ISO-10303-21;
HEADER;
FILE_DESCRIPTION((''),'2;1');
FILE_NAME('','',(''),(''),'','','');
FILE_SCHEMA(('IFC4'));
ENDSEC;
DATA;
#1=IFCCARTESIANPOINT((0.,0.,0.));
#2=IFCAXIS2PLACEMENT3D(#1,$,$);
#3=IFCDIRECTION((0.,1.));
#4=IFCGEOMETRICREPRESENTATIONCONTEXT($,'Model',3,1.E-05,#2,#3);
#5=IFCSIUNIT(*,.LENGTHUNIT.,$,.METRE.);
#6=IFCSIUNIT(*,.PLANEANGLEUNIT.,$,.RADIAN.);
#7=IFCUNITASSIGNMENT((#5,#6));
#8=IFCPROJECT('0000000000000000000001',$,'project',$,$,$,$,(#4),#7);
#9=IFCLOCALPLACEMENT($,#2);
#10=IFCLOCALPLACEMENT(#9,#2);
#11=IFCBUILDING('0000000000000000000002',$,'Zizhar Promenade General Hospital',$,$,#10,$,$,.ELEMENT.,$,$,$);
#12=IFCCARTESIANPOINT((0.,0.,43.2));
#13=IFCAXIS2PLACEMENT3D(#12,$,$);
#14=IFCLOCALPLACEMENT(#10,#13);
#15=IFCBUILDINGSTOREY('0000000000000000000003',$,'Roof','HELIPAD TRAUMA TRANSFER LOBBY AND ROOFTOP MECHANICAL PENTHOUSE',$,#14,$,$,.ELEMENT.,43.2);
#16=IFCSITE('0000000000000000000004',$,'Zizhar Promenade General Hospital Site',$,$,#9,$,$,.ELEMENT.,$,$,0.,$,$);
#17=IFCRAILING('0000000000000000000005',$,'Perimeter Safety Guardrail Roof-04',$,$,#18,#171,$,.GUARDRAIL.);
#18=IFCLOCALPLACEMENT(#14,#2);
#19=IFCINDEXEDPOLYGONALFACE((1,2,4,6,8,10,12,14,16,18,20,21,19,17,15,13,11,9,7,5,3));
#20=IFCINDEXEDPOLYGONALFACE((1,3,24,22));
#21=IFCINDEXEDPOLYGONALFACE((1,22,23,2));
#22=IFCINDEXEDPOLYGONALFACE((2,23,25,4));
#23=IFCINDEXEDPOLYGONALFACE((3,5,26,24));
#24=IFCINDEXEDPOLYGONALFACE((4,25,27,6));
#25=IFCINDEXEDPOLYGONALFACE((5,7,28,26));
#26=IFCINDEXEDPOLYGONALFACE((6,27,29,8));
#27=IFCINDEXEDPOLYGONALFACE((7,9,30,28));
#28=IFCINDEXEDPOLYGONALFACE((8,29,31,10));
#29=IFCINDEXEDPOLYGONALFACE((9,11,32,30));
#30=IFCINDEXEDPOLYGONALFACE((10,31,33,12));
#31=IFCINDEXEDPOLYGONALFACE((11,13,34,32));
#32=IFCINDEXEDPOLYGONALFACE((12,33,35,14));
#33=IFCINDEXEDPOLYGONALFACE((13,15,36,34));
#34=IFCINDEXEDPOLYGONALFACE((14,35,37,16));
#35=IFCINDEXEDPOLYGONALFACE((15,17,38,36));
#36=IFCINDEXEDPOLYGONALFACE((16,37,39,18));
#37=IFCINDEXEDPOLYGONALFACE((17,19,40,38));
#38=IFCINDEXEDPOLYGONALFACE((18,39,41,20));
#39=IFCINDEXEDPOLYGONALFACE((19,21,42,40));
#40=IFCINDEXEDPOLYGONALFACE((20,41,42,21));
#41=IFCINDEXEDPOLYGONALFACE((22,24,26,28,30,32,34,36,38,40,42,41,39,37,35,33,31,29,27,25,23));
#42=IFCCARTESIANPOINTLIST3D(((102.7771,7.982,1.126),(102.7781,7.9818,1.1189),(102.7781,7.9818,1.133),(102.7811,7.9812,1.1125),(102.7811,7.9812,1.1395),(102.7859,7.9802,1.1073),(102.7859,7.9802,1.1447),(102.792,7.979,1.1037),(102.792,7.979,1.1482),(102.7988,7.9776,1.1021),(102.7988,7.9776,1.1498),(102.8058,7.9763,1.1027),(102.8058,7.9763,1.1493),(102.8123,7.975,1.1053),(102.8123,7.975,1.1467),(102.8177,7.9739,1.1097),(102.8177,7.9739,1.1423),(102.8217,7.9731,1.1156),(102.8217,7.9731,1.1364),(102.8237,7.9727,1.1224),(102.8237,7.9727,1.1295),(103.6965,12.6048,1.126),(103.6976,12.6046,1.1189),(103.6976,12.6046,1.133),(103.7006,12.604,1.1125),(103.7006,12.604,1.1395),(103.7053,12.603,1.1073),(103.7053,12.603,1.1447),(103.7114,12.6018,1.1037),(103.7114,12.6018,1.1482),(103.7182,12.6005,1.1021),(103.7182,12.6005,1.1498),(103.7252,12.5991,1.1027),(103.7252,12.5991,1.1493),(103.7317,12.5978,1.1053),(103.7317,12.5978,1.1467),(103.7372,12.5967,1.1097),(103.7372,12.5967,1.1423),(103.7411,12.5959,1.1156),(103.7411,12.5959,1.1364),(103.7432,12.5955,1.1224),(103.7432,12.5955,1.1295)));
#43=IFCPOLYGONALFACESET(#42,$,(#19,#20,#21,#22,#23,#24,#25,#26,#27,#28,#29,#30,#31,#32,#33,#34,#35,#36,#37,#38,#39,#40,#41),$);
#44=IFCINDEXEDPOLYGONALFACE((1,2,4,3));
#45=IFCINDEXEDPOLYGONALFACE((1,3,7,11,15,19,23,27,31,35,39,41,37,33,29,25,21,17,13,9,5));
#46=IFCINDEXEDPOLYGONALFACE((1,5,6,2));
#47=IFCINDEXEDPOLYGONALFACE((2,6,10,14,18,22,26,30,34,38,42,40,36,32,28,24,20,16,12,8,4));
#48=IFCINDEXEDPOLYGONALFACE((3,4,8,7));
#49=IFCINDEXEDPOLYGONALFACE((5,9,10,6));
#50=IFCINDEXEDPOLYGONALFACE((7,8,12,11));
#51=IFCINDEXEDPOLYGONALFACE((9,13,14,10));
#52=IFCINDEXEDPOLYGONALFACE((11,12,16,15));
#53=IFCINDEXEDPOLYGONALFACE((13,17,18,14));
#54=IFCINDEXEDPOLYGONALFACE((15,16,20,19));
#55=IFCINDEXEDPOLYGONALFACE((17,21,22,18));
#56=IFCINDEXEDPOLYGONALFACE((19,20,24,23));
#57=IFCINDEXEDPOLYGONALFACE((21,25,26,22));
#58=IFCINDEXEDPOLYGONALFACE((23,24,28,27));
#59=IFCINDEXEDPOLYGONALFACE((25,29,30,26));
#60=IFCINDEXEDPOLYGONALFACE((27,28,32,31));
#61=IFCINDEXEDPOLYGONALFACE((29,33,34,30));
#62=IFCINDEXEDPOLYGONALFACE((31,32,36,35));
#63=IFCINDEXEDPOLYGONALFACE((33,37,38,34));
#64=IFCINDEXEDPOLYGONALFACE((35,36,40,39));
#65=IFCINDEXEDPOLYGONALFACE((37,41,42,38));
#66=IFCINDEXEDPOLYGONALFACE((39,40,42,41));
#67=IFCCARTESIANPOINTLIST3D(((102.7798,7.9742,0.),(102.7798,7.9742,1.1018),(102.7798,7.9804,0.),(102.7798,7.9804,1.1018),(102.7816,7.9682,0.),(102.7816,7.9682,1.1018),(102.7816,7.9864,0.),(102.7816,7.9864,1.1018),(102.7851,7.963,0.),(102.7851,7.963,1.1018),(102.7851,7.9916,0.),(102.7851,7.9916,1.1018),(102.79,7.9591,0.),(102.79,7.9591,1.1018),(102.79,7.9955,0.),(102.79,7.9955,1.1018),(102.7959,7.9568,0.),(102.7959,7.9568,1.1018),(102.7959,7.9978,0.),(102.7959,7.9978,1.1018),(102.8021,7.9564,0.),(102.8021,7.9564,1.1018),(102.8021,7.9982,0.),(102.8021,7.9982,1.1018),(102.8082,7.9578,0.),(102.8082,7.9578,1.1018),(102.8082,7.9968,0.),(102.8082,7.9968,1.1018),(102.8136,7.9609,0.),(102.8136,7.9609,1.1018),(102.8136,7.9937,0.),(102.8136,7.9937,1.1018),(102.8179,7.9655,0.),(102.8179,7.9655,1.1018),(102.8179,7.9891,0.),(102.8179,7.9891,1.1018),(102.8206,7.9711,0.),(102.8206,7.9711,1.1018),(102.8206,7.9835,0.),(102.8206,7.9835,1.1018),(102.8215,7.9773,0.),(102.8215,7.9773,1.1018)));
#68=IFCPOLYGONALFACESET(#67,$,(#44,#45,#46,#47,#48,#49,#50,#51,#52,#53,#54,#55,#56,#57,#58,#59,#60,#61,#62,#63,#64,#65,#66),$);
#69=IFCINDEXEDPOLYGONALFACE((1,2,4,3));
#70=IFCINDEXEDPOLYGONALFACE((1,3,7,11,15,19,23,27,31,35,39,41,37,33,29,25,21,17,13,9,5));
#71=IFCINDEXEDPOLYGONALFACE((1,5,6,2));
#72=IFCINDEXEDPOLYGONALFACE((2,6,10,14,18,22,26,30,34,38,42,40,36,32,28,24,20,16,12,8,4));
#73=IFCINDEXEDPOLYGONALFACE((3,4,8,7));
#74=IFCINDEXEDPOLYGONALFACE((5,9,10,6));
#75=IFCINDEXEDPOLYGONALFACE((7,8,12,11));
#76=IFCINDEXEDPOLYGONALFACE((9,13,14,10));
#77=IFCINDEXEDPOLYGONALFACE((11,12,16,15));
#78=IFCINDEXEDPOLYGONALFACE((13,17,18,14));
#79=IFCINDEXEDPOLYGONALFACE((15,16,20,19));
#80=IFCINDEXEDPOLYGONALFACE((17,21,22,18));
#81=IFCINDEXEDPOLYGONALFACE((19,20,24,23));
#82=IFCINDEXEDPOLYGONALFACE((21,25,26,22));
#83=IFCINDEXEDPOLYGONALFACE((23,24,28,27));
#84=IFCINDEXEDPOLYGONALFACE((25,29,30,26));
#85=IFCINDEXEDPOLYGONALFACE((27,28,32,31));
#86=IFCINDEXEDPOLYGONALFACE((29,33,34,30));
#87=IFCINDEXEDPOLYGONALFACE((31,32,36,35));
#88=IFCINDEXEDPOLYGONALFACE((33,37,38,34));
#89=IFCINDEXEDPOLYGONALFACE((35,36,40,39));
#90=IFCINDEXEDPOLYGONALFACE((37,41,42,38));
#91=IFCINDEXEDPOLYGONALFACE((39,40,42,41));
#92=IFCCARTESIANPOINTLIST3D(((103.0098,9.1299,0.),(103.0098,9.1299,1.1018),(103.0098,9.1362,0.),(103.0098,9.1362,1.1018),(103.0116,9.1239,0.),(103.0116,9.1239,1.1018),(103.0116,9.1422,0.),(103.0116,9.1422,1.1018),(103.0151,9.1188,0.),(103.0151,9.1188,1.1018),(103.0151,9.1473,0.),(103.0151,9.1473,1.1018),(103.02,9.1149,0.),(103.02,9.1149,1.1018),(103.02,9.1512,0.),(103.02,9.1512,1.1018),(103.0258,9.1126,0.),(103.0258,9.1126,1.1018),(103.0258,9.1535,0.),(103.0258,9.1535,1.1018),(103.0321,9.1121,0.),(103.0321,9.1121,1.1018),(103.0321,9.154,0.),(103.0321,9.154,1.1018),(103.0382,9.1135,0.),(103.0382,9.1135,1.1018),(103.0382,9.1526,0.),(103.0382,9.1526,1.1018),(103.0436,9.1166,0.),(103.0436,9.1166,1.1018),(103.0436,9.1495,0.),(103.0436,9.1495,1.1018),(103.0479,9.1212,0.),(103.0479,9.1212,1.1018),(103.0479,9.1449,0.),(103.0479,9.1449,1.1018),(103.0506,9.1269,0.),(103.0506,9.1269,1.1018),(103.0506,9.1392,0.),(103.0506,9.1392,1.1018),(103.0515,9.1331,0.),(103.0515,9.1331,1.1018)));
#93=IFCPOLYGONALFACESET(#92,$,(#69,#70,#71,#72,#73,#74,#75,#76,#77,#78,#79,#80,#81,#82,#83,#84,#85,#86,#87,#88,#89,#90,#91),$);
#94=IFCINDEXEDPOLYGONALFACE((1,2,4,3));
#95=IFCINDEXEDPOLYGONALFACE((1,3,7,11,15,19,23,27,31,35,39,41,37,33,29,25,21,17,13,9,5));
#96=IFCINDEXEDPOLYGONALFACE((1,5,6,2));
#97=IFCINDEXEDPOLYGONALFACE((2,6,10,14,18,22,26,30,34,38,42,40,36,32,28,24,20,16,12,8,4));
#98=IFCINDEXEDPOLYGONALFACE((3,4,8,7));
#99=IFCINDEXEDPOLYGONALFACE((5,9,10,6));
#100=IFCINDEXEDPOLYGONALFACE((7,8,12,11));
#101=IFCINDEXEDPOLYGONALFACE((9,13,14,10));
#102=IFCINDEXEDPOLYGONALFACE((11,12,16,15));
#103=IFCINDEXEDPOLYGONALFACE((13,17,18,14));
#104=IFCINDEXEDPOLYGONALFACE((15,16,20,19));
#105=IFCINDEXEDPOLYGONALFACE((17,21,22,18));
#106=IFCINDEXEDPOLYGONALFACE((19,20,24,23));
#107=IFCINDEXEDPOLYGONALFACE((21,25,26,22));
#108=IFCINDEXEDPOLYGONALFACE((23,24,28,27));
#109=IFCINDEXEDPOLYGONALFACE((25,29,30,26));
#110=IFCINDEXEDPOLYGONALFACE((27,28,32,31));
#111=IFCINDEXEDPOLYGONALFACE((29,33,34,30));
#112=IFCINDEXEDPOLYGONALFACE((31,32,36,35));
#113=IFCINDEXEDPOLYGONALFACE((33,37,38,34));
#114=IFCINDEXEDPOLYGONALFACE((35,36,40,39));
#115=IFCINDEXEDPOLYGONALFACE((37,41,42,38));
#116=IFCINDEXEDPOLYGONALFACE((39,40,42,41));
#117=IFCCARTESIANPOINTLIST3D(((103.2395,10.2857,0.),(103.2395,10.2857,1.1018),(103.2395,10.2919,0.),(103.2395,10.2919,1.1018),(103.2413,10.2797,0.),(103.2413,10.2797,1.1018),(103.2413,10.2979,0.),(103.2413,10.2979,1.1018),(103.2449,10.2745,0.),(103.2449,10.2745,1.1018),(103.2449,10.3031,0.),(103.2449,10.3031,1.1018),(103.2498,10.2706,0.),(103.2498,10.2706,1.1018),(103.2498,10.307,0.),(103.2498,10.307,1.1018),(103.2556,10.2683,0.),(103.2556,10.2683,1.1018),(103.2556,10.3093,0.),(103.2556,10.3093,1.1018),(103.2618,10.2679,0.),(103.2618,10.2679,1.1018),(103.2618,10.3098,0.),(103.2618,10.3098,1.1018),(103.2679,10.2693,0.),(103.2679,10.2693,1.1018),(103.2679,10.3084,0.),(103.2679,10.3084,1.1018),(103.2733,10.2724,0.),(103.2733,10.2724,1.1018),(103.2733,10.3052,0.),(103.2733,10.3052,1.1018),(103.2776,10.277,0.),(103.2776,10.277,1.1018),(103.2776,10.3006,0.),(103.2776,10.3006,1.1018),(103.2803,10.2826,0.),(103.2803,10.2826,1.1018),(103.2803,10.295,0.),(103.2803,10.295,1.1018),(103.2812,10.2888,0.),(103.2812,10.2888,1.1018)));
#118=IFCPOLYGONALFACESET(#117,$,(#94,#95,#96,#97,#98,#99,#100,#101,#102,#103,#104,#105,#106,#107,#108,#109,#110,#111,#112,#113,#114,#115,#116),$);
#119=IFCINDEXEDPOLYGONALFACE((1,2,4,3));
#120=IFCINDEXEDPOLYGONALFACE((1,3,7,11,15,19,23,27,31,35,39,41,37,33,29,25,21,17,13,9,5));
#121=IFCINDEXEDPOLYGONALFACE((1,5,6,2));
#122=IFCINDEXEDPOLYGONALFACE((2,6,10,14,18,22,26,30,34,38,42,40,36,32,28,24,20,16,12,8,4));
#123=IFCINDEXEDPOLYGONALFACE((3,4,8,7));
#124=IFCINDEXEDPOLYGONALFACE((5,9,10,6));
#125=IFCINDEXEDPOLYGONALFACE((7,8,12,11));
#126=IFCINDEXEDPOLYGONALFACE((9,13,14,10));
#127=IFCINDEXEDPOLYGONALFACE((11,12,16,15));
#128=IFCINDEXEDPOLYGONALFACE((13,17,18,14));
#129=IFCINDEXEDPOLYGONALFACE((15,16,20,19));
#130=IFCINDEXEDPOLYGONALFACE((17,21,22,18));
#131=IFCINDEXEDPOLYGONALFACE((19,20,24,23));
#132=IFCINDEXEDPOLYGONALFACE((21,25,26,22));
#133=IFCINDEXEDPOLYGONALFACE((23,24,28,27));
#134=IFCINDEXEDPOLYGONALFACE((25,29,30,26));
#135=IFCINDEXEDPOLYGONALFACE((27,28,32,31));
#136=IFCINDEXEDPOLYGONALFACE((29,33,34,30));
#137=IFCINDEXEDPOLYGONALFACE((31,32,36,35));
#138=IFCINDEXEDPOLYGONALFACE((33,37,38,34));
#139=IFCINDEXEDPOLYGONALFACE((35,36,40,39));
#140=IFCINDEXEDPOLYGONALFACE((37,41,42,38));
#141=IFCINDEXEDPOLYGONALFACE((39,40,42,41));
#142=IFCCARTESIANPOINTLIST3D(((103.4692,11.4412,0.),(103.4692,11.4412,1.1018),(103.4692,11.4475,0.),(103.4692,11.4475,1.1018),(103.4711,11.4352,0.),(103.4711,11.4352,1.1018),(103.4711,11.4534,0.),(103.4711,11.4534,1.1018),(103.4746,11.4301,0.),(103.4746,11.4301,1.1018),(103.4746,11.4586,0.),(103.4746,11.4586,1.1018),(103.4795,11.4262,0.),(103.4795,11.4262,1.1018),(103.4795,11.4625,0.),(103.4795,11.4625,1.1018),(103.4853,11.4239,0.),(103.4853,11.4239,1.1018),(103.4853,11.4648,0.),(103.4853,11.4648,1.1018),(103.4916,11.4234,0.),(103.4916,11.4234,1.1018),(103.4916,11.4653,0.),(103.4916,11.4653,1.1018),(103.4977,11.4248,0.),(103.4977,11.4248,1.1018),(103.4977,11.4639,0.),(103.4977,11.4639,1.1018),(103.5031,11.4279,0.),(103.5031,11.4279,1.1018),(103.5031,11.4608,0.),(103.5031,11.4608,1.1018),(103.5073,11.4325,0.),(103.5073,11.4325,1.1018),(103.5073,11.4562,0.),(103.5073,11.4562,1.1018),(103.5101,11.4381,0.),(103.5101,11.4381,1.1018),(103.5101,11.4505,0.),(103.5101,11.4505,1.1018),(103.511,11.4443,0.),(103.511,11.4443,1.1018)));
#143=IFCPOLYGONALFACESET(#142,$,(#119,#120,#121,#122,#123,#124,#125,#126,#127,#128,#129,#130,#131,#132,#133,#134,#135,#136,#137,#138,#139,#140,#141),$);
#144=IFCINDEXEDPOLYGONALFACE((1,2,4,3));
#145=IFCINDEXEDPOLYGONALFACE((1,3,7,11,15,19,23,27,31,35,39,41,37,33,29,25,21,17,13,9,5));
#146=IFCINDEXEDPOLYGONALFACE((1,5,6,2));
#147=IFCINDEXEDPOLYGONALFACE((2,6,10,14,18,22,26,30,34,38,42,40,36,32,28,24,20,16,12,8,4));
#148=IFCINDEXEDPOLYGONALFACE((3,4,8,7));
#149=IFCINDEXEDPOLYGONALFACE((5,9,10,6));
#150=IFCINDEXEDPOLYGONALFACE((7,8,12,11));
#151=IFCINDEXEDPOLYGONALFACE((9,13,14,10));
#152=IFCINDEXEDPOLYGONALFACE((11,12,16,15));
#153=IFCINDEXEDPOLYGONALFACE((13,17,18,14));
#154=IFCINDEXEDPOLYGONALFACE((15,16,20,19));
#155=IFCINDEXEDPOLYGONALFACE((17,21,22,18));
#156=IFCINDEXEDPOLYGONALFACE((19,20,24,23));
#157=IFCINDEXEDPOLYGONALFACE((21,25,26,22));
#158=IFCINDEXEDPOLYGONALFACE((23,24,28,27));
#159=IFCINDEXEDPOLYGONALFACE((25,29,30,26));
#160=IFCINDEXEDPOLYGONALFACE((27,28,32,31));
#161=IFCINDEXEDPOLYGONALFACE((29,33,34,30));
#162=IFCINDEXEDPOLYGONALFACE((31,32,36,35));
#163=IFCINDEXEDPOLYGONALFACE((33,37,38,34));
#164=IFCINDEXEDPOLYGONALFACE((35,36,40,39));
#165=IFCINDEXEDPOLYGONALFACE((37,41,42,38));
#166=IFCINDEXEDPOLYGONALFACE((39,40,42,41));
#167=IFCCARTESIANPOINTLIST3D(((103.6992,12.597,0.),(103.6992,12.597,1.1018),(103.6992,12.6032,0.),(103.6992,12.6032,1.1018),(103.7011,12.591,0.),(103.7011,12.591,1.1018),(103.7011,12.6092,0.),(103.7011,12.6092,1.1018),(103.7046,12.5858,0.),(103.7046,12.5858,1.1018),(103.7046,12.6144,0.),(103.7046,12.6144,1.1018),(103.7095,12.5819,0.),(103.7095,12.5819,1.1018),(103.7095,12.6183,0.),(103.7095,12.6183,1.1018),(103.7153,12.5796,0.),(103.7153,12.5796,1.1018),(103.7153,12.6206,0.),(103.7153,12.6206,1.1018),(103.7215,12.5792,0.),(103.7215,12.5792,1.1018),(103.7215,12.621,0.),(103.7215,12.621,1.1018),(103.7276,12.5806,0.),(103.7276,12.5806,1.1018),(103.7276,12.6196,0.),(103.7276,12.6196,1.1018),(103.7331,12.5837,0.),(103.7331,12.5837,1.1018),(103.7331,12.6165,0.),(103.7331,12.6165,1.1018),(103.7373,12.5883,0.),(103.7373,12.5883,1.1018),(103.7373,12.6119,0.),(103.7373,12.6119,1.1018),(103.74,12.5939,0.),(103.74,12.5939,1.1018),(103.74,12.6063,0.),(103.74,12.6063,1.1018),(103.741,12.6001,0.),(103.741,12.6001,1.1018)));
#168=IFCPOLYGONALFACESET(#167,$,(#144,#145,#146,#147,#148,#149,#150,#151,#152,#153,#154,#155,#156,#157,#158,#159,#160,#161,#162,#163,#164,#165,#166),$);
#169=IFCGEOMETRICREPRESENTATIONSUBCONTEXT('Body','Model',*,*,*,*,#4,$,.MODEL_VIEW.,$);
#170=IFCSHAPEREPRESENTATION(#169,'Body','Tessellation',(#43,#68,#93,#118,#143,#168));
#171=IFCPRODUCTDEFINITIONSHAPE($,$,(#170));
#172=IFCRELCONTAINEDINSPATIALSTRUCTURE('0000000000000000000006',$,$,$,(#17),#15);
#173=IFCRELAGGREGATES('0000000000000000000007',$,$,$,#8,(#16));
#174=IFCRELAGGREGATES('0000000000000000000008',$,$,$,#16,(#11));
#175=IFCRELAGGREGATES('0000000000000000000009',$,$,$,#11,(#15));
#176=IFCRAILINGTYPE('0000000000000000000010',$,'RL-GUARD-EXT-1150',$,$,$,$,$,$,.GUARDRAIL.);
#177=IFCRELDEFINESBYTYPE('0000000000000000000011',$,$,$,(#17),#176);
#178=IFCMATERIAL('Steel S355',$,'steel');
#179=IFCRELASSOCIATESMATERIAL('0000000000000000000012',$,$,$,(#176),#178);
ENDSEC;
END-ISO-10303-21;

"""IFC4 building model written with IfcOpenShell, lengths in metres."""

from ifc_helpers import new_model, si_unit, direction, frame, origin, origin_2d, place, context, subcontext, project, spatial, hollow_rectangle, circle, extrude, material, material_profile, profile_set, type_object, element, save


model = new_model("IFC4")

# Units and contexts
model_context = context("Model", 3, precision=1e-05, world=origin(), true_north=direction((0.0, 1.0)))
body_context = subcontext(model_context, "Body", "Model", "MODEL_VIEW")
ifc_project = project(units=[si_unit("LENGTHUNIT", "METRE"), si_unit("PLANEANGLEUNIT", "RADIAN")], contexts=[model_context])

# Site, building, storey
site_placement = place(None, origin())
site = spatial("IfcSite", under=ifc_project, at=site_placement, Name="Zizhar Promenade General Hospital Site", CompositionType="ELEMENT", RefElevation=0.0)
building_placement = place(site_placement, origin())
building = spatial("IfcBuilding", under=site, at=building_placement, Name="Zizhar Promenade General Hospital", CompositionType="ELEMENT")
storey_placement = place(building_placement, frame((0.0, 0.0, 43.2)))
storey = spatial("IfcBuildingStorey", under=building, at=storey_placement, Name="Roof", Description="HELIPAD TRAUMA TRANSFER LOBBY AND ROOFTOP MECHANICAL PENTHOUSE", CompositionType="ELEMENT", Elevation=43.2)

# Railing
ifc_material_1 = material(Name="Steel S355", Category="steel")
ifc_material_profile_1 = material_profile(ifc_material_1, hollow_rectangle(XDim=0.0601, YDim=0.1201, WallThickness=0.0039, at=origin_2d()))
ifc_profile_set_1 = profile_set([ifc_material_profile_1], Name="Steel S355")
railing_type_1 = type_object("IfcRailingType", Name="RL-GUARD-EXT-1150", PredefinedType="GUARDRAIL", material=ifc_profile_set_1)
railing_1_placement = place(storey_placement, frame((102.8005, 7.9773, 0.0)))
element("IfcRailing", 1, at=railing_1_placement, inside=storey, type_object=railing_type_1, Name="Perimeter Safety Guardrail Roof-04", PredefinedType="GUARDRAIL", context=body_context, shape_type="SweptSolid", body=[
    extrude(circle(Radius=0.0239, at=origin_2d()), frame((0.0, 0.0, 1.126), z_axis=(0.19507, 0.980789, 0.0), x_axis=(-0.980789, 0.19507, 0.0)), (0.0, 0.0, 1.0), 4.7134),
    extrude(circle(Radius=0.021, at=origin_2d()), origin(), (0.0, 0.0, 1.0), 1.1018),
    extrude(circle(Radius=0.021, at=origin_2d()), frame((0.23, 1.1558, 0.0)), (0.0, 0.0, 1.0), 1.1018),
    extrude(circle(Radius=0.021, at=origin_2d()), frame((0.4597, 2.3115, 0.0)), (0.0, 0.0, 1.0), 1.1018),
    extrude(circle(Radius=0.021, at=origin_2d()), frame((0.6895, 3.467, 0.0)), (0.0, 0.0, 1.0), 1.1018),
    extrude(circle(Radius=0.021, at=origin_2d()), frame((0.9194, 4.6228, 0.0)), (0.0, 0.0, 1.0), 1.1018),
])

save(model, "model.ifc")
